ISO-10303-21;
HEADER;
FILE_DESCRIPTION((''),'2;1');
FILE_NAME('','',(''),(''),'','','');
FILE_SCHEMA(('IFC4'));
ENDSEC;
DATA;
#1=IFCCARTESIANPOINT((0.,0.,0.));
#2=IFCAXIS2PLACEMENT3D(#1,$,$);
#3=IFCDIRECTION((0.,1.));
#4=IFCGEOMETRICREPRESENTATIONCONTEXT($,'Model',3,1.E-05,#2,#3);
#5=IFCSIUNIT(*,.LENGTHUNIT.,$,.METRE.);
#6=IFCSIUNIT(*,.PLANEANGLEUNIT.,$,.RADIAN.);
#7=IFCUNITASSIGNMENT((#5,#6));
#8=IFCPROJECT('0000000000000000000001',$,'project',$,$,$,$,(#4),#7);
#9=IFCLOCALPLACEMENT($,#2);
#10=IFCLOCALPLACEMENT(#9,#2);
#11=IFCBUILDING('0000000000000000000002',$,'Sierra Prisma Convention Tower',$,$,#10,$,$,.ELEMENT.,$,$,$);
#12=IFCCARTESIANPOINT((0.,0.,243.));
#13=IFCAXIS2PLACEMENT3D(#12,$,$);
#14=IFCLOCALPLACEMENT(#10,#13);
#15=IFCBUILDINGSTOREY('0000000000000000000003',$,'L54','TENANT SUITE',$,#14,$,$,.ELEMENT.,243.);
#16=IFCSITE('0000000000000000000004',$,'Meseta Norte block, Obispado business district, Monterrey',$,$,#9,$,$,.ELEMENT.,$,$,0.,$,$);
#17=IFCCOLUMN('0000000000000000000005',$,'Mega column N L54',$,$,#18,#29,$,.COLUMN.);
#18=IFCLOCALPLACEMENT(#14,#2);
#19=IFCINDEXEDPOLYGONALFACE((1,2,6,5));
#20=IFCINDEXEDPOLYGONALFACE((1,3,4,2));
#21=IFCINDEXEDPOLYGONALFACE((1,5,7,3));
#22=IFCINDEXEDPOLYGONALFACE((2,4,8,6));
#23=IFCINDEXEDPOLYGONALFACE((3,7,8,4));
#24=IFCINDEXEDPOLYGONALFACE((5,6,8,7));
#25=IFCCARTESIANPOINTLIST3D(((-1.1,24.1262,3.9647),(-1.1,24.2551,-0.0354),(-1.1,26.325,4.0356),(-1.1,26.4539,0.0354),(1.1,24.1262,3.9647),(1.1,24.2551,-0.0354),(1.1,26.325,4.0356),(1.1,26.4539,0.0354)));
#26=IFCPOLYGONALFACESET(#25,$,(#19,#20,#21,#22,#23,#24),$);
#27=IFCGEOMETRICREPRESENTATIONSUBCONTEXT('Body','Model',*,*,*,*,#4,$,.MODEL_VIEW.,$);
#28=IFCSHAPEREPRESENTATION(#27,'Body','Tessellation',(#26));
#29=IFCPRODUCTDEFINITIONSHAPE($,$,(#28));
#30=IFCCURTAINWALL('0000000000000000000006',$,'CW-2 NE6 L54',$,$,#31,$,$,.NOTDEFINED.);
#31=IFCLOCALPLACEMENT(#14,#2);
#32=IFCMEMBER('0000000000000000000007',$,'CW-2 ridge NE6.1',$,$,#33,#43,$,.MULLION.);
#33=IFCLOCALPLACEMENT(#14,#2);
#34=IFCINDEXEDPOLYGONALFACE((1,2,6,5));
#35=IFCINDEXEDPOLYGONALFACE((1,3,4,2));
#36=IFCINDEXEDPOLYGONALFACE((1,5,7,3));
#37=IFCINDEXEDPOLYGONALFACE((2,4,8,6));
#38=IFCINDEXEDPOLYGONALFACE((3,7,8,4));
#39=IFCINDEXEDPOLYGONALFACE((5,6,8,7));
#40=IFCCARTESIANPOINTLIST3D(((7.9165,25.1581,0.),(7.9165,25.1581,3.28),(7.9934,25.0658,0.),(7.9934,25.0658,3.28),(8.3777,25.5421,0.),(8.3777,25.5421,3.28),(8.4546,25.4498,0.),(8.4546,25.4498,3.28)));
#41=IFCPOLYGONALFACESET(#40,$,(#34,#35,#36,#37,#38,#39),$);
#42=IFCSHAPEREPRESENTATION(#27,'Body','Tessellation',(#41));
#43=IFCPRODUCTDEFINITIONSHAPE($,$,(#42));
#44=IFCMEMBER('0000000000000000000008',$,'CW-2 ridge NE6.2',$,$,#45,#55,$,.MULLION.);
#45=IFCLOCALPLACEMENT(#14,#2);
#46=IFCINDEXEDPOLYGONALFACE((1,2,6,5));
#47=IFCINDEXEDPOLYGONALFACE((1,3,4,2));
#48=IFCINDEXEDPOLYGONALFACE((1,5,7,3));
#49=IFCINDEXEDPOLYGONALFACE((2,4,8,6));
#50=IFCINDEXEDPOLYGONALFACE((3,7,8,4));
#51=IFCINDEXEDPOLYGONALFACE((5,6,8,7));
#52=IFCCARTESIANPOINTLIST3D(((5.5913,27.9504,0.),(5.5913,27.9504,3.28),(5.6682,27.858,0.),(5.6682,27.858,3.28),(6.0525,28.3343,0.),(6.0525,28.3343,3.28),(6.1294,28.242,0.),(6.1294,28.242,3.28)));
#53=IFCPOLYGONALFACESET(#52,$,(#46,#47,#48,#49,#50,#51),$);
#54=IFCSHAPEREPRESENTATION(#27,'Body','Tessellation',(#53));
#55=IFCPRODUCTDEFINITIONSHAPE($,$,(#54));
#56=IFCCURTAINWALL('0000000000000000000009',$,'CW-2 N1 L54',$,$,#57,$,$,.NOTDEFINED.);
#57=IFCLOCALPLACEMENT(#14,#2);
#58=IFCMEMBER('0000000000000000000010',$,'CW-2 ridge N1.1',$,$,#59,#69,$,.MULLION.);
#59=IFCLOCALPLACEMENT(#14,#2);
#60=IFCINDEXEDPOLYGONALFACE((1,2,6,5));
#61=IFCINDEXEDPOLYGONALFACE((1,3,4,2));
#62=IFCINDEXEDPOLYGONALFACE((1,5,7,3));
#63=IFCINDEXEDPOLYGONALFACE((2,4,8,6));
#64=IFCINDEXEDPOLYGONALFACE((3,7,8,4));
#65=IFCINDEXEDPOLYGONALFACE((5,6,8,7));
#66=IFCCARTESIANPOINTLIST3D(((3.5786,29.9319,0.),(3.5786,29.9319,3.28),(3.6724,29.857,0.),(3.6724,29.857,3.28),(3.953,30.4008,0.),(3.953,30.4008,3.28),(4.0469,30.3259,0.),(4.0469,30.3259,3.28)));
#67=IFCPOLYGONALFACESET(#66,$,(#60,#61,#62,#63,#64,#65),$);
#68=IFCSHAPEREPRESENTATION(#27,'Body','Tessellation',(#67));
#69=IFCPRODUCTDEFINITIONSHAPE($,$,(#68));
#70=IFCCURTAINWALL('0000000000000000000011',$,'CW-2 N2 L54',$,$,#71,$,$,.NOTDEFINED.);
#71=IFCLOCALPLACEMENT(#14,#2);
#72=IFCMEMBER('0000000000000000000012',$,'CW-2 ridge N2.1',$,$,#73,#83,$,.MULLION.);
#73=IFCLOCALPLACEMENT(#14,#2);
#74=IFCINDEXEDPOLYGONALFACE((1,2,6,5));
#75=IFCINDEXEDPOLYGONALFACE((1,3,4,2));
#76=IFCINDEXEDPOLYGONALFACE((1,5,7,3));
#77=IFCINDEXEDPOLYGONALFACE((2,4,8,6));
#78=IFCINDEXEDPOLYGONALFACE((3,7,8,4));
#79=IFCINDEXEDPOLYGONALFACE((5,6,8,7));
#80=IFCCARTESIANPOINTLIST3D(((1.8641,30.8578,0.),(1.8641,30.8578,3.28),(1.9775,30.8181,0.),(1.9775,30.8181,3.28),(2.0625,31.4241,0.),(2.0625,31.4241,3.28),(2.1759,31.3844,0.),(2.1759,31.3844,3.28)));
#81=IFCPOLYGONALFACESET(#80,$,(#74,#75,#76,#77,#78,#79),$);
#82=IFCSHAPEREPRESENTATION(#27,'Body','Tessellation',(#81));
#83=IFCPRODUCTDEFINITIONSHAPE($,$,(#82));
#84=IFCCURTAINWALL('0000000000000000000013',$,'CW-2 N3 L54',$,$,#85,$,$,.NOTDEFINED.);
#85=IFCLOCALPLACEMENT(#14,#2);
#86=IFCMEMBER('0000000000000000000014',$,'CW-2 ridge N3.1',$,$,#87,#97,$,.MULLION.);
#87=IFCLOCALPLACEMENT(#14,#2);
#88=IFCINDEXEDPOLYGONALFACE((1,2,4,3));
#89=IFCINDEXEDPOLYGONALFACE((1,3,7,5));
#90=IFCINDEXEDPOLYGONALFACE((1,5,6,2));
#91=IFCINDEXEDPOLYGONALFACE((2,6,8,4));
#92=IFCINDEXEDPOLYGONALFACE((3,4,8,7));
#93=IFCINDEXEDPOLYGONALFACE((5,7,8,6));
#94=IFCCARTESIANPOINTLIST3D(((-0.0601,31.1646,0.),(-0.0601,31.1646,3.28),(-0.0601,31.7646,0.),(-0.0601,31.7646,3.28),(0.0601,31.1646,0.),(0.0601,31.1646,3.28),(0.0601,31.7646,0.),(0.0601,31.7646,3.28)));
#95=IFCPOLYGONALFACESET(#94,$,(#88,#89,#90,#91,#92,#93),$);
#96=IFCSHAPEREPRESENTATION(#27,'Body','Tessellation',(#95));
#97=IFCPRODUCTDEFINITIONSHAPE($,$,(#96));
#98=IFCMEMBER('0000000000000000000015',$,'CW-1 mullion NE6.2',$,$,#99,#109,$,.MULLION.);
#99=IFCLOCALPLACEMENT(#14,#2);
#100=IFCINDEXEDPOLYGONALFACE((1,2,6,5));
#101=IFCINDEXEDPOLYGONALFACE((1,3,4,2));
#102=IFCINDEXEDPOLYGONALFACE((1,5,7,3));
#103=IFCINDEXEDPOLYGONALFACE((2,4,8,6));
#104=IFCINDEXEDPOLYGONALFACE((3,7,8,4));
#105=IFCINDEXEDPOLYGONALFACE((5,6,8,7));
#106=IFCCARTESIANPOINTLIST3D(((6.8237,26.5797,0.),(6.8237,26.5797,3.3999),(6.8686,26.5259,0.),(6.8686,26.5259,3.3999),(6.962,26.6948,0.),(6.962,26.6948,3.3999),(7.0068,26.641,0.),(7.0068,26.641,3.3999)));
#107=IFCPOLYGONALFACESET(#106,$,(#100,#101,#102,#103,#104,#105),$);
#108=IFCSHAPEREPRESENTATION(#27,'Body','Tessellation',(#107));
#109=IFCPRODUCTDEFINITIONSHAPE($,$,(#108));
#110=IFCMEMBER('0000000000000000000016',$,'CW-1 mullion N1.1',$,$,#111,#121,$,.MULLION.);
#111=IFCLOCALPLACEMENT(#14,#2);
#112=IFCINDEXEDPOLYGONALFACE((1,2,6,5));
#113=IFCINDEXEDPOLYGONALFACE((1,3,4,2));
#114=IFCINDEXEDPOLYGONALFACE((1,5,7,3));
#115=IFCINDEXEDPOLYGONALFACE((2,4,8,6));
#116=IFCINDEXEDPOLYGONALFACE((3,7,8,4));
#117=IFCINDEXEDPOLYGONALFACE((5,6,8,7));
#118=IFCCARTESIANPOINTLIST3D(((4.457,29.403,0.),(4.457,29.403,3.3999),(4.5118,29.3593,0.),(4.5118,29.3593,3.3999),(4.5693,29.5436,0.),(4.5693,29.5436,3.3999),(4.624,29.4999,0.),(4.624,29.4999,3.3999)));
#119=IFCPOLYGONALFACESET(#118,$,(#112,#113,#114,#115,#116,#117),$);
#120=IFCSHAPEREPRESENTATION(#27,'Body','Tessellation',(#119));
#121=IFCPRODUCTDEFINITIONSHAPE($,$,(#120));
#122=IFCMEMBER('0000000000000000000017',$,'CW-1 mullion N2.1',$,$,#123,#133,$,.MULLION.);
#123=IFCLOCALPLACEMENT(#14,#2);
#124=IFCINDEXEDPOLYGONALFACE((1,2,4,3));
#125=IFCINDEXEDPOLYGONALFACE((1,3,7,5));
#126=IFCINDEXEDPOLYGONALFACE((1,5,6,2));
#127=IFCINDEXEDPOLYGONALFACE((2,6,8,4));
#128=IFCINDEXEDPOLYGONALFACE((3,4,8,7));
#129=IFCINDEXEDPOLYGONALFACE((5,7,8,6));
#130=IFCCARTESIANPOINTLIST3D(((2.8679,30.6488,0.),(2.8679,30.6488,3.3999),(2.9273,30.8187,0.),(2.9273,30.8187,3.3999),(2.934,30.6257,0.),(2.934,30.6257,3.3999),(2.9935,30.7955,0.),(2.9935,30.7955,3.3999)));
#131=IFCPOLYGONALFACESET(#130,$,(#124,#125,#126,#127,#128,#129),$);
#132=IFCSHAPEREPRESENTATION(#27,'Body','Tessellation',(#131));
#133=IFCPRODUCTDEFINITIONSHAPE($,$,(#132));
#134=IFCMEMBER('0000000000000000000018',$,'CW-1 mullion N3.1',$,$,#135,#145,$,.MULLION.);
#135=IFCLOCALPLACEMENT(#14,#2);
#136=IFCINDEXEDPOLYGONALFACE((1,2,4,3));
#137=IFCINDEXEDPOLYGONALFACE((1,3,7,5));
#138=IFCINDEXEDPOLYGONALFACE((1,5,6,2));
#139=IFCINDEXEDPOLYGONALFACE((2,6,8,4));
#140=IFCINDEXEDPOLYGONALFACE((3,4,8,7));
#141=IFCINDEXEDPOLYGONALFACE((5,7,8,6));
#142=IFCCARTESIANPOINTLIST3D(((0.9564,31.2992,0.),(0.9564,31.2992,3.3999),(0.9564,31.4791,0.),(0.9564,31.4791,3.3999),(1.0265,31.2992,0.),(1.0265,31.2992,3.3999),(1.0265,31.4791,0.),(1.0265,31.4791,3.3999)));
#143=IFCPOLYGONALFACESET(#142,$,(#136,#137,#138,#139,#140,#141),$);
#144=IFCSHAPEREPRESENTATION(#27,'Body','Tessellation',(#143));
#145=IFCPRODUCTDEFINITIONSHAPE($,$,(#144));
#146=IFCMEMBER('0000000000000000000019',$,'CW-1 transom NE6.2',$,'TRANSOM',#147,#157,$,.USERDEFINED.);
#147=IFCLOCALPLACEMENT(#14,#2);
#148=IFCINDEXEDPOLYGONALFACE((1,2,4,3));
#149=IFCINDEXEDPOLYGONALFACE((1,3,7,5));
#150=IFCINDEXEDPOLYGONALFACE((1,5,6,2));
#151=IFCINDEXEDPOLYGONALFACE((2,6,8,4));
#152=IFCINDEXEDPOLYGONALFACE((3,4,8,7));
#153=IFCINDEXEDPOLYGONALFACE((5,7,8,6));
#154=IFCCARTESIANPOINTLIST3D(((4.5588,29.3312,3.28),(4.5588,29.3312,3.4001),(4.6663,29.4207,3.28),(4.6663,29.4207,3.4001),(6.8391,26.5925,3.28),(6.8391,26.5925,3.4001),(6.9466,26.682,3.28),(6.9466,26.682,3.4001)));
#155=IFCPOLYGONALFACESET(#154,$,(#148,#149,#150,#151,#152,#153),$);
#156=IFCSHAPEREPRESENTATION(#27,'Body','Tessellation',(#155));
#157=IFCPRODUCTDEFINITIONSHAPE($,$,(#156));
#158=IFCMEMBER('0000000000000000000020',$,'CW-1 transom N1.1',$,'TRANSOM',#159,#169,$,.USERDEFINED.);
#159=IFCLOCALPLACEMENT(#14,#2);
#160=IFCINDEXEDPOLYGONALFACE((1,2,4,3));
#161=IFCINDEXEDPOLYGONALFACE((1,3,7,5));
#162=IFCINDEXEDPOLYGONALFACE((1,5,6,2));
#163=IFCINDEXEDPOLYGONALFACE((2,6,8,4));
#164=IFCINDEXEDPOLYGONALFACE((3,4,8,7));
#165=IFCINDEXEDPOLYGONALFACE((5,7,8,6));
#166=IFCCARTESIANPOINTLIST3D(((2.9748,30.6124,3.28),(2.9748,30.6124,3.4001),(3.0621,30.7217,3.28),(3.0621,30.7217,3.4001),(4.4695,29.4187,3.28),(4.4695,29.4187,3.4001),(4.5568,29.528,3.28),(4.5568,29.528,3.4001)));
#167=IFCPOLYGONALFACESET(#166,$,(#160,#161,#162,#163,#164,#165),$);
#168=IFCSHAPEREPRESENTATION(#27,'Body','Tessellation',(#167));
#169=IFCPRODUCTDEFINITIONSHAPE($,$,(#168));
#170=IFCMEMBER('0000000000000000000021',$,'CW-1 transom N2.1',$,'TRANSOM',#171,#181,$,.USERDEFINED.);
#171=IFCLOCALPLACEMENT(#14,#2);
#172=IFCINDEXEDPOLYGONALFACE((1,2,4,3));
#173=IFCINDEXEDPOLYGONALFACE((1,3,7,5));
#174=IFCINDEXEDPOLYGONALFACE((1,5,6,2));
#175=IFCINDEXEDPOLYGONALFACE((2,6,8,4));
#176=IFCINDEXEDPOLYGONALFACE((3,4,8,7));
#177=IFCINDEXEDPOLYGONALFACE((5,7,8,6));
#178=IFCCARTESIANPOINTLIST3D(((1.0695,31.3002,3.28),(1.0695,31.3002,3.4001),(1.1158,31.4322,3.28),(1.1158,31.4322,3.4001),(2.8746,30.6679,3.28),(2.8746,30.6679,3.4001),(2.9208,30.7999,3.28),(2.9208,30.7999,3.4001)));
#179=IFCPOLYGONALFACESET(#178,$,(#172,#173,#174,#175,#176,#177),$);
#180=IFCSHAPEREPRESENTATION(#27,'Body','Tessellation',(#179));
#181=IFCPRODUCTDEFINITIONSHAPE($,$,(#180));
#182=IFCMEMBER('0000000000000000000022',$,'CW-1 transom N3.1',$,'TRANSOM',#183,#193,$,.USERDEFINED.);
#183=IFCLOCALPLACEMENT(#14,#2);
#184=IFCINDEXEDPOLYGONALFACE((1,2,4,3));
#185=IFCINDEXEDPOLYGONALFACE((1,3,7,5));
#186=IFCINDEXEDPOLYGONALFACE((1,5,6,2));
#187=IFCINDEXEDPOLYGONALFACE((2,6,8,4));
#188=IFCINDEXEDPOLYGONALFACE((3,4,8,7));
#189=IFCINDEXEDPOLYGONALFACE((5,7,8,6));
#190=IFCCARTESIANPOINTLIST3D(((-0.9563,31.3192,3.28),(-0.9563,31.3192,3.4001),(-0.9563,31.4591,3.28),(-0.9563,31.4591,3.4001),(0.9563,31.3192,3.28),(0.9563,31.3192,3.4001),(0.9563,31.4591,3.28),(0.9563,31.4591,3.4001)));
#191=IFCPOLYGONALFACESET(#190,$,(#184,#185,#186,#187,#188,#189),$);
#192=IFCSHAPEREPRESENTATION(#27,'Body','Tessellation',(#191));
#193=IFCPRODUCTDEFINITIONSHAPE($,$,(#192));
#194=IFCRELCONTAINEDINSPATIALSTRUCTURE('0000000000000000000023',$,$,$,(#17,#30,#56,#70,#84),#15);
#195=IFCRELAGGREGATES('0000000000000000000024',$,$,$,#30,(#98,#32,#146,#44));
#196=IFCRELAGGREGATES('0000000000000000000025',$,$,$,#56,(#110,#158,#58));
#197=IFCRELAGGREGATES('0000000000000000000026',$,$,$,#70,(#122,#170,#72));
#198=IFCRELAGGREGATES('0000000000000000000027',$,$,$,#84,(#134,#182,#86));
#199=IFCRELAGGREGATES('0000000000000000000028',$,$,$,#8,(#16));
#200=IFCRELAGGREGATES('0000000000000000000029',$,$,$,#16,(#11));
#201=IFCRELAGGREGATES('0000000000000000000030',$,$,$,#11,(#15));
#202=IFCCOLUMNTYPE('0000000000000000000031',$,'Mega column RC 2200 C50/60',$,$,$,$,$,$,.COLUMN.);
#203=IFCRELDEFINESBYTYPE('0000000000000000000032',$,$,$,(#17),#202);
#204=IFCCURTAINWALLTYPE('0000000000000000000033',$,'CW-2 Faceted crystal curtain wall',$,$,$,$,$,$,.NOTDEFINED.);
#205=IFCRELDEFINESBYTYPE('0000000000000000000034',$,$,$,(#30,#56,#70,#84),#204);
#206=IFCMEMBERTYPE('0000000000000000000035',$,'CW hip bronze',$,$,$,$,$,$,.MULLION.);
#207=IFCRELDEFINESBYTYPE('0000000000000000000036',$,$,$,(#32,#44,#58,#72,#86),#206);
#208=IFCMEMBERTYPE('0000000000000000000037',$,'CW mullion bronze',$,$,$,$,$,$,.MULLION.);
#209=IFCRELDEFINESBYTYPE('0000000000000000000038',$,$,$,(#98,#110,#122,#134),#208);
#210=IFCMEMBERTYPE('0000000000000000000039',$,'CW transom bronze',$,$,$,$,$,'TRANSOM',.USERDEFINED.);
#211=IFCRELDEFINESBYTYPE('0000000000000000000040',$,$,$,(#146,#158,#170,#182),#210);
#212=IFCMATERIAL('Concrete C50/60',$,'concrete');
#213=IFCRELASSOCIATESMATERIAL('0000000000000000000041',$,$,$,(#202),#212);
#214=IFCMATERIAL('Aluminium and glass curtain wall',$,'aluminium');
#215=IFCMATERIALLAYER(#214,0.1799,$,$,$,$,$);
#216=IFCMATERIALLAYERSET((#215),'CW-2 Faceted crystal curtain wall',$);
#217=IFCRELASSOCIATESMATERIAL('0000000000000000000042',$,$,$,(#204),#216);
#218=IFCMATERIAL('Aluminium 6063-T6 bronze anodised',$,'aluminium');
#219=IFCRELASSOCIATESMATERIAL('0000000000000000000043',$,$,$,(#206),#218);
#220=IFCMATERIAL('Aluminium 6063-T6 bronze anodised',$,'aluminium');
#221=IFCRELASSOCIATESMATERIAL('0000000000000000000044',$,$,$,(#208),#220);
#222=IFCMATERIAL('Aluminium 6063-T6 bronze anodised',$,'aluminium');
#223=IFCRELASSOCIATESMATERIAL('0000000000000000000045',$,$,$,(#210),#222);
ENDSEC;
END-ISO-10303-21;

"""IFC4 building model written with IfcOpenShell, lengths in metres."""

from ifc_helpers import new_model, si_unit, direction, frame, origin, origin_2d, place, context, subcontext, project, spatial, rectangle, extrude, material, layer, layer_set, material_profile, profile_set, type_object, element, aggregate, save


model = new_model("IFC4")

# Units and contexts
model_context = context("Model", 3, precision=1e-05, world=origin(), true_north=direction((0.0, 1.0)))
body_context = subcontext(model_context, "Body", "Model", "MODEL_VIEW")
ifc_project = project(units=[si_unit("LENGTHUNIT", "METRE"), si_unit("PLANEANGLEUNIT", "RADIAN")], contexts=[model_context])

# Site, building, storey
site_placement = place(None, origin())
site = spatial("IfcSite", under=ifc_project, at=site_placement, Name="Meseta Norte block, Obispado business district, Monterrey", CompositionType="ELEMENT", RefElevation=0.0)
building_placement = place(site_placement, origin())
building = spatial("IfcBuilding", under=site, at=building_placement, Name="Sierra Prisma Convention Tower", CompositionType="ELEMENT")
storey_placement = place(building_placement, frame((0.0, 0.0, 243.0)))
storey = spatial("IfcBuildingStorey", under=building, at=storey_placement, Name="L54", Description="TENANT SUITE", CompositionType="ELEMENT", Elevation=243.0)

# Column
ifc_material_1 = material(Name="Concrete C50/60", Category="concrete")
ifc_material_profile_1 = material_profile(ifc_material_1, rectangle(XDim=2.2, YDim=2.2, at=origin_2d()), Name="Mega column RC 2200 C50/60")
ifc_profile_set_1 = profile_set([ifc_material_profile_1], Name="Concrete C50/60")
column_type = type_object("IfcColumnType", Name="Mega column RC 2200 C50/60", PredefinedType="COLUMN", material=ifc_profile_set_1)
column_placement = place(storey_placement, frame((0.0, 25.3545, 0.0), z_axis=(0.0, -0.03221, 0.999481), x_axis=(1.0, 0.0, 0.0)))
element("IfcColumn", 1, at=column_placement, inside=storey, type_object=column_type, Name="Mega column N L54", PredefinedType="COLUMN", context=body_context, shape_type="SweptSolid", body=[
    extrude(rectangle(XDim=2.2, YDim=2.2, at=origin_2d()), origin(), (0.0, 0.0, 1.0), 4.0022),
])

# Curtain wall, members
ifc_material_2 = material(Name="Aluminium and glass curtain wall", Category="aluminium")
ifc_layer_1 = layer(ifc_material_2, 0.1799)
ifc_layer_set_1 = layer_set([ifc_layer_1], Name="CW-2 Faceted crystal curtain wall")
curtain_wall_type = type_object("IfcCurtainWallType", Name="CW-2 Faceted crystal curtain wall", PredefinedType="NOTDEFINED", material=ifc_layer_set_1)
curtain_wall_1_placement = place(storey_placement, origin())
curtain_wall_1 = element("IfcCurtainWall", 2, at=curtain_wall_1_placement, inside=storey, type_object=curtain_wall_type, Name="CW-2 NE6 L54", PredefinedType="NOTDEFINED")
ifc_material_3 = material(Name="Aluminium 6063-T6 bronze anodised", Category="aluminium")
ifc_material_profile_2 = material_profile(ifc_material_3, rectangle(XDim=0.1201, YDim=0.6001, at=origin_2d()), Name="ALU RIDGE BLADE 120x600")
ifc_profile_set_2 = profile_set([ifc_material_profile_2], Name="Aluminium 6063-T6 bronze anodised")
member_type_1 = type_object("IfcMemberType", Name="CW hip bronze", PredefinedType="MULLION", material=ifc_profile_set_2)
member_1_placement = place(storey_placement, frame((8.1855, 25.304, 0.0), z_axis=(0.0, 0.0, 1.0), x_axis=(-0.63986, 0.768491, 0.0)))
member_1 = element("IfcMember", 3, at=member_1_placement, type_object=member_type_1, Name="CW-2 ridge NE6.1", PredefinedType="MULLION", context=body_context, shape_type="SweptSolid", body=[
    extrude(rectangle(XDim=0.1201, YDim=0.6001, at=origin_2d()), origin(), (0.0, 0.0, 1.0), 3.28),
])
member_2_placement = place(storey_placement, frame((5.8604, 28.0962, 0.0), z_axis=(0.0, 0.0, 1.0), x_axis=(-0.63986, 0.768491, 0.0)))
member_2 = element("IfcMember", 4, at=member_2_placement, type_object=member_type_1, Name="CW-2 ridge NE6.2", PredefinedType="MULLION", context=body_context, shape_type="SweptSolid", body=[
    extrude(rectangle(XDim=0.1201, YDim=0.6001, at=origin_2d()), origin(), (0.0, 0.0, 1.0), 3.28),
])

# Curtain walls, members
curtain_wall_2_placement = place(storey_placement, origin())
curtain_wall_2 = element("IfcCurtainWall", 5, at=curtain_wall_2_placement, inside=storey, type_object=curtain_wall_type, Name="CW-2 N1 L54", PredefinedType="NOTDEFINED")
member_3_placement = place(storey_placement, frame((3.8127, 30.1289, 0.0), z_axis=(0.0, 0.0, 1.0), x_axis=(-0.781413, 0.624014, 0.0)))
member_3 = element("IfcMember", 6, at=member_3_placement, type_object=member_type_1, Name="CW-2 ridge N1.1", PredefinedType="MULLION", context=body_context, shape_type="SweptSolid", body=[
    extrude(rectangle(XDim=0.1201, YDim=0.6001, at=origin_2d()), origin(), (0.0, 0.0, 1.0), 3.28),
])
curtain_wall_3_placement = place(storey_placement, origin())
curtain_wall_3 = element("IfcCurtainWall", 7, at=curtain_wall_3_placement, inside=storey, type_object=curtain_wall_type, Name="CW-2 N2 L54", PredefinedType="NOTDEFINED")
member_4_placement = place(storey_placement, frame((2.02, 31.1211, 0.0), z_axis=(0.0, 0.0, 1.0), x_axis=(-0.943773, 0.330596, 0.0)))
member_4 = element("IfcMember", 8, at=member_4_placement, type_object=member_type_1, Name="CW-2 ridge N2.1", PredefinedType="MULLION", context=body_context, shape_type="SweptSolid", body=[
    extrude(rectangle(XDim=0.1201, YDim=0.6001, at=origin_2d()), origin(), (0.0, 0.0, 1.0), 3.28),
])
curtain_wall_4_placement = place(storey_placement, origin())
curtain_wall_4 = element("IfcCurtainWall", 9, at=curtain_wall_4_placement, inside=storey, type_object=curtain_wall_type, Name="CW-2 N3 L54", PredefinedType="NOTDEFINED")
member_5_placement = place(storey_placement, frame((0.0, 31.4646, 0.0), z_axis=(0.0, 0.0, 1.0), x_axis=(-1.0, 0.0, 0.0)))
member_5 = element("IfcMember", 10, at=member_5_placement, type_object=member_type_1, Name="CW-2 ridge N3.1", PredefinedType="MULLION", context=body_context, shape_type="SweptSolid", body=[
    extrude(rectangle(XDim=0.1201, YDim=0.6001, at=origin_2d()), origin(), (0.0, 0.0, 1.0), 3.28),
])

# Members
ifc_material_4 = material(Name="Aluminium 6063-T6 bronze anodised", Category="aluminium")
ifc_material_profile_3 = material_profile(ifc_material_4, rectangle(XDim=0.1799, YDim=0.0701, at=origin_2d()), Name="ALU MULLION 70x180")
ifc_profile_set_3 = profile_set([ifc_material_profile_3], Name="Aluminium 6063-T6 bronze anodised")
member_type_2 = type_object("IfcMemberType", Name="CW mullion bronze", PredefinedType="MULLION", material=ifc_profile_set_3)
member_6_placement = place(storey_placement, frame((6.9153, 26.6104, 0.0), z_axis=(0.0, 0.0, 1.0), x_axis=(-0.768491, -0.63986, 0.0)))
member_6 = element("IfcMember", 11, at=member_6_placement, type_object=member_type_2, Name="CW-1 mullion NE6.2", PredefinedType="MULLION", context=body_context, shape_type="SweptSolid", body=[
    extrude(rectangle(XDim=0.1799, YDim=0.0701, at=origin_2d()), origin(), (0.0, 0.0, 1.0), 3.3999),
])
member_7_placement = place(storey_placement, frame((4.5405, 29.4514, 0.0), z_axis=(0.0, 0.0, 1.0), x_axis=(-0.624014, -0.781413, 0.0)))
member_7 = element("IfcMember", 12, at=member_7_placement, type_object=member_type_2, Name="CW-1 mullion N1.1", PredefinedType="MULLION", context=body_context, shape_type="SweptSolid", body=[
    extrude(rectangle(XDim=0.1799, YDim=0.0701, at=origin_2d()), origin(), (0.0, 0.0, 1.0), 3.3999),
])
member_8_placement = place(storey_placement, frame((2.9307, 30.7222, 0.0), z_axis=(0.0, 0.0, 1.0), x_axis=(-0.330596, -0.943773, 0.0)))
member_8 = element("IfcMember", 13, at=member_8_placement, type_object=member_type_2, Name="CW-1 mullion N2.1", PredefinedType="MULLION", context=body_context, shape_type="SweptSolid", body=[
    extrude(rectangle(XDim=0.1799, YDim=0.0701, at=origin_2d()), origin(), (0.0, 0.0, 1.0), 3.3999),
])
member_9_placement = place(storey_placement, frame((0.9915, 31.3892, 0.0), z_axis=(0.0, 0.0, 1.0), x_axis=(0.0, -1.0, 0.0)))
member_9 = element("IfcMember", 14, at=member_9_placement, type_object=member_type_2, Name="CW-1 mullion N3.1", PredefinedType="MULLION", context=body_context, shape_type="SweptSolid", body=[
    extrude(rectangle(XDim=0.1799, YDim=0.0701, at=origin_2d()), origin(), (0.0, 0.0, 1.0), 3.3999),
])
ifc_material_5 = material(Name="Aluminium 6063-T6 bronze anodised", Category="aluminium")
ifc_material_profile_4 = material_profile(ifc_material_5, rectangle(XDim=0.1399, YDim=0.1201, at=origin_2d()), Name="ALU TRANSOM 120x140")
ifc_profile_set_4 = profile_set([ifc_material_profile_4], Name="Aluminium 6063-T6 bronze anodised")
member_type_3 = type_object("IfcMemberType", Name="CW transom bronze", ElementType="TRANSOM", PredefinedType="USERDEFINED", material=ifc_profile_set_4)
member_10_placement = place(storey_placement, frame((6.8928, 26.6372, 3.3401), z_axis=(-0.639847, 0.768502, 0.0), x_axis=(-0.768502, -0.639847, 0.0)))
member_10 = element("IfcMember", 15, at=member_10_placement, type_object=member_type_3, Name="CW-1 transom NE6.2", ObjectType="TRANSOM", PredefinedType="USERDEFINED", context=body_context, shape_type="SweptSolid", body=[
    extrude(rectangle(XDim=0.1399, YDim=0.1201, at=origin_2d()), origin(), (0.0, 0.0, 1.0), 3.5637),
])
member_11_placement = place(storey_placement, frame((4.5132, 29.4734, 3.3401), z_axis=(-0.781404, 0.624025, 0.0), x_axis=(-0.624025, -0.781404, 0.0)))
member_11 = element("IfcMember", 16, at=member_11_placement, type_object=member_type_3, Name="CW-1 transom N1.1", ObjectType="TRANSOM", PredefinedType="USERDEFINED", context=body_context, shape_type="SweptSolid", body=[
    extrude(rectangle(XDim=0.1399, YDim=0.1201, at=origin_2d()), origin(), (0.0, 0.0, 1.0), 1.9128),
])
member_12_placement = place(storey_placement, frame((2.8977, 30.7339, 3.3401), z_axis=(-0.943775, 0.330589, 0.0), x_axis=(-0.330589, -0.943775, 0.0)))
member_12 = element("IfcMember", 17, at=member_12_placement, type_object=member_type_3, Name="CW-1 transom N2.1", ObjectType="TRANSOM", PredefinedType="USERDEFINED", context=body_context, shape_type="SweptSolid", body=[
    extrude(rectangle(XDim=0.1399, YDim=0.1201, at=origin_2d()), origin(), (0.0, 0.0, 1.0), 1.9126),
])
member_13_placement = place(storey_placement, frame((0.9563, 31.3892, 3.3401), z_axis=(-1.0, 0.0, 0.0), x_axis=(0.0, -1.0, 0.0)))
member_13 = element("IfcMember", 18, at=member_13_placement, type_object=member_type_3, Name="CW-1 transom N3.1", ObjectType="TRANSOM", PredefinedType="USERDEFINED", context=body_context, shape_type="SweptSolid", body=[
    extrude(rectangle(XDim=0.1399, YDim=0.1201, at=origin_2d()), origin(), (0.0, 0.0, 1.0), 1.9126),
])

aggregate(curtain_wall_1, [member_6, member_1, member_10, member_2])
aggregate(curtain_wall_2, [member_7, member_11, member_3])
aggregate(curtain_wall_3, [member_8, member_12, member_4])
aggregate(curtain_wall_4, [member_9, member_13, member_5])

save(model, "model.ifc")
